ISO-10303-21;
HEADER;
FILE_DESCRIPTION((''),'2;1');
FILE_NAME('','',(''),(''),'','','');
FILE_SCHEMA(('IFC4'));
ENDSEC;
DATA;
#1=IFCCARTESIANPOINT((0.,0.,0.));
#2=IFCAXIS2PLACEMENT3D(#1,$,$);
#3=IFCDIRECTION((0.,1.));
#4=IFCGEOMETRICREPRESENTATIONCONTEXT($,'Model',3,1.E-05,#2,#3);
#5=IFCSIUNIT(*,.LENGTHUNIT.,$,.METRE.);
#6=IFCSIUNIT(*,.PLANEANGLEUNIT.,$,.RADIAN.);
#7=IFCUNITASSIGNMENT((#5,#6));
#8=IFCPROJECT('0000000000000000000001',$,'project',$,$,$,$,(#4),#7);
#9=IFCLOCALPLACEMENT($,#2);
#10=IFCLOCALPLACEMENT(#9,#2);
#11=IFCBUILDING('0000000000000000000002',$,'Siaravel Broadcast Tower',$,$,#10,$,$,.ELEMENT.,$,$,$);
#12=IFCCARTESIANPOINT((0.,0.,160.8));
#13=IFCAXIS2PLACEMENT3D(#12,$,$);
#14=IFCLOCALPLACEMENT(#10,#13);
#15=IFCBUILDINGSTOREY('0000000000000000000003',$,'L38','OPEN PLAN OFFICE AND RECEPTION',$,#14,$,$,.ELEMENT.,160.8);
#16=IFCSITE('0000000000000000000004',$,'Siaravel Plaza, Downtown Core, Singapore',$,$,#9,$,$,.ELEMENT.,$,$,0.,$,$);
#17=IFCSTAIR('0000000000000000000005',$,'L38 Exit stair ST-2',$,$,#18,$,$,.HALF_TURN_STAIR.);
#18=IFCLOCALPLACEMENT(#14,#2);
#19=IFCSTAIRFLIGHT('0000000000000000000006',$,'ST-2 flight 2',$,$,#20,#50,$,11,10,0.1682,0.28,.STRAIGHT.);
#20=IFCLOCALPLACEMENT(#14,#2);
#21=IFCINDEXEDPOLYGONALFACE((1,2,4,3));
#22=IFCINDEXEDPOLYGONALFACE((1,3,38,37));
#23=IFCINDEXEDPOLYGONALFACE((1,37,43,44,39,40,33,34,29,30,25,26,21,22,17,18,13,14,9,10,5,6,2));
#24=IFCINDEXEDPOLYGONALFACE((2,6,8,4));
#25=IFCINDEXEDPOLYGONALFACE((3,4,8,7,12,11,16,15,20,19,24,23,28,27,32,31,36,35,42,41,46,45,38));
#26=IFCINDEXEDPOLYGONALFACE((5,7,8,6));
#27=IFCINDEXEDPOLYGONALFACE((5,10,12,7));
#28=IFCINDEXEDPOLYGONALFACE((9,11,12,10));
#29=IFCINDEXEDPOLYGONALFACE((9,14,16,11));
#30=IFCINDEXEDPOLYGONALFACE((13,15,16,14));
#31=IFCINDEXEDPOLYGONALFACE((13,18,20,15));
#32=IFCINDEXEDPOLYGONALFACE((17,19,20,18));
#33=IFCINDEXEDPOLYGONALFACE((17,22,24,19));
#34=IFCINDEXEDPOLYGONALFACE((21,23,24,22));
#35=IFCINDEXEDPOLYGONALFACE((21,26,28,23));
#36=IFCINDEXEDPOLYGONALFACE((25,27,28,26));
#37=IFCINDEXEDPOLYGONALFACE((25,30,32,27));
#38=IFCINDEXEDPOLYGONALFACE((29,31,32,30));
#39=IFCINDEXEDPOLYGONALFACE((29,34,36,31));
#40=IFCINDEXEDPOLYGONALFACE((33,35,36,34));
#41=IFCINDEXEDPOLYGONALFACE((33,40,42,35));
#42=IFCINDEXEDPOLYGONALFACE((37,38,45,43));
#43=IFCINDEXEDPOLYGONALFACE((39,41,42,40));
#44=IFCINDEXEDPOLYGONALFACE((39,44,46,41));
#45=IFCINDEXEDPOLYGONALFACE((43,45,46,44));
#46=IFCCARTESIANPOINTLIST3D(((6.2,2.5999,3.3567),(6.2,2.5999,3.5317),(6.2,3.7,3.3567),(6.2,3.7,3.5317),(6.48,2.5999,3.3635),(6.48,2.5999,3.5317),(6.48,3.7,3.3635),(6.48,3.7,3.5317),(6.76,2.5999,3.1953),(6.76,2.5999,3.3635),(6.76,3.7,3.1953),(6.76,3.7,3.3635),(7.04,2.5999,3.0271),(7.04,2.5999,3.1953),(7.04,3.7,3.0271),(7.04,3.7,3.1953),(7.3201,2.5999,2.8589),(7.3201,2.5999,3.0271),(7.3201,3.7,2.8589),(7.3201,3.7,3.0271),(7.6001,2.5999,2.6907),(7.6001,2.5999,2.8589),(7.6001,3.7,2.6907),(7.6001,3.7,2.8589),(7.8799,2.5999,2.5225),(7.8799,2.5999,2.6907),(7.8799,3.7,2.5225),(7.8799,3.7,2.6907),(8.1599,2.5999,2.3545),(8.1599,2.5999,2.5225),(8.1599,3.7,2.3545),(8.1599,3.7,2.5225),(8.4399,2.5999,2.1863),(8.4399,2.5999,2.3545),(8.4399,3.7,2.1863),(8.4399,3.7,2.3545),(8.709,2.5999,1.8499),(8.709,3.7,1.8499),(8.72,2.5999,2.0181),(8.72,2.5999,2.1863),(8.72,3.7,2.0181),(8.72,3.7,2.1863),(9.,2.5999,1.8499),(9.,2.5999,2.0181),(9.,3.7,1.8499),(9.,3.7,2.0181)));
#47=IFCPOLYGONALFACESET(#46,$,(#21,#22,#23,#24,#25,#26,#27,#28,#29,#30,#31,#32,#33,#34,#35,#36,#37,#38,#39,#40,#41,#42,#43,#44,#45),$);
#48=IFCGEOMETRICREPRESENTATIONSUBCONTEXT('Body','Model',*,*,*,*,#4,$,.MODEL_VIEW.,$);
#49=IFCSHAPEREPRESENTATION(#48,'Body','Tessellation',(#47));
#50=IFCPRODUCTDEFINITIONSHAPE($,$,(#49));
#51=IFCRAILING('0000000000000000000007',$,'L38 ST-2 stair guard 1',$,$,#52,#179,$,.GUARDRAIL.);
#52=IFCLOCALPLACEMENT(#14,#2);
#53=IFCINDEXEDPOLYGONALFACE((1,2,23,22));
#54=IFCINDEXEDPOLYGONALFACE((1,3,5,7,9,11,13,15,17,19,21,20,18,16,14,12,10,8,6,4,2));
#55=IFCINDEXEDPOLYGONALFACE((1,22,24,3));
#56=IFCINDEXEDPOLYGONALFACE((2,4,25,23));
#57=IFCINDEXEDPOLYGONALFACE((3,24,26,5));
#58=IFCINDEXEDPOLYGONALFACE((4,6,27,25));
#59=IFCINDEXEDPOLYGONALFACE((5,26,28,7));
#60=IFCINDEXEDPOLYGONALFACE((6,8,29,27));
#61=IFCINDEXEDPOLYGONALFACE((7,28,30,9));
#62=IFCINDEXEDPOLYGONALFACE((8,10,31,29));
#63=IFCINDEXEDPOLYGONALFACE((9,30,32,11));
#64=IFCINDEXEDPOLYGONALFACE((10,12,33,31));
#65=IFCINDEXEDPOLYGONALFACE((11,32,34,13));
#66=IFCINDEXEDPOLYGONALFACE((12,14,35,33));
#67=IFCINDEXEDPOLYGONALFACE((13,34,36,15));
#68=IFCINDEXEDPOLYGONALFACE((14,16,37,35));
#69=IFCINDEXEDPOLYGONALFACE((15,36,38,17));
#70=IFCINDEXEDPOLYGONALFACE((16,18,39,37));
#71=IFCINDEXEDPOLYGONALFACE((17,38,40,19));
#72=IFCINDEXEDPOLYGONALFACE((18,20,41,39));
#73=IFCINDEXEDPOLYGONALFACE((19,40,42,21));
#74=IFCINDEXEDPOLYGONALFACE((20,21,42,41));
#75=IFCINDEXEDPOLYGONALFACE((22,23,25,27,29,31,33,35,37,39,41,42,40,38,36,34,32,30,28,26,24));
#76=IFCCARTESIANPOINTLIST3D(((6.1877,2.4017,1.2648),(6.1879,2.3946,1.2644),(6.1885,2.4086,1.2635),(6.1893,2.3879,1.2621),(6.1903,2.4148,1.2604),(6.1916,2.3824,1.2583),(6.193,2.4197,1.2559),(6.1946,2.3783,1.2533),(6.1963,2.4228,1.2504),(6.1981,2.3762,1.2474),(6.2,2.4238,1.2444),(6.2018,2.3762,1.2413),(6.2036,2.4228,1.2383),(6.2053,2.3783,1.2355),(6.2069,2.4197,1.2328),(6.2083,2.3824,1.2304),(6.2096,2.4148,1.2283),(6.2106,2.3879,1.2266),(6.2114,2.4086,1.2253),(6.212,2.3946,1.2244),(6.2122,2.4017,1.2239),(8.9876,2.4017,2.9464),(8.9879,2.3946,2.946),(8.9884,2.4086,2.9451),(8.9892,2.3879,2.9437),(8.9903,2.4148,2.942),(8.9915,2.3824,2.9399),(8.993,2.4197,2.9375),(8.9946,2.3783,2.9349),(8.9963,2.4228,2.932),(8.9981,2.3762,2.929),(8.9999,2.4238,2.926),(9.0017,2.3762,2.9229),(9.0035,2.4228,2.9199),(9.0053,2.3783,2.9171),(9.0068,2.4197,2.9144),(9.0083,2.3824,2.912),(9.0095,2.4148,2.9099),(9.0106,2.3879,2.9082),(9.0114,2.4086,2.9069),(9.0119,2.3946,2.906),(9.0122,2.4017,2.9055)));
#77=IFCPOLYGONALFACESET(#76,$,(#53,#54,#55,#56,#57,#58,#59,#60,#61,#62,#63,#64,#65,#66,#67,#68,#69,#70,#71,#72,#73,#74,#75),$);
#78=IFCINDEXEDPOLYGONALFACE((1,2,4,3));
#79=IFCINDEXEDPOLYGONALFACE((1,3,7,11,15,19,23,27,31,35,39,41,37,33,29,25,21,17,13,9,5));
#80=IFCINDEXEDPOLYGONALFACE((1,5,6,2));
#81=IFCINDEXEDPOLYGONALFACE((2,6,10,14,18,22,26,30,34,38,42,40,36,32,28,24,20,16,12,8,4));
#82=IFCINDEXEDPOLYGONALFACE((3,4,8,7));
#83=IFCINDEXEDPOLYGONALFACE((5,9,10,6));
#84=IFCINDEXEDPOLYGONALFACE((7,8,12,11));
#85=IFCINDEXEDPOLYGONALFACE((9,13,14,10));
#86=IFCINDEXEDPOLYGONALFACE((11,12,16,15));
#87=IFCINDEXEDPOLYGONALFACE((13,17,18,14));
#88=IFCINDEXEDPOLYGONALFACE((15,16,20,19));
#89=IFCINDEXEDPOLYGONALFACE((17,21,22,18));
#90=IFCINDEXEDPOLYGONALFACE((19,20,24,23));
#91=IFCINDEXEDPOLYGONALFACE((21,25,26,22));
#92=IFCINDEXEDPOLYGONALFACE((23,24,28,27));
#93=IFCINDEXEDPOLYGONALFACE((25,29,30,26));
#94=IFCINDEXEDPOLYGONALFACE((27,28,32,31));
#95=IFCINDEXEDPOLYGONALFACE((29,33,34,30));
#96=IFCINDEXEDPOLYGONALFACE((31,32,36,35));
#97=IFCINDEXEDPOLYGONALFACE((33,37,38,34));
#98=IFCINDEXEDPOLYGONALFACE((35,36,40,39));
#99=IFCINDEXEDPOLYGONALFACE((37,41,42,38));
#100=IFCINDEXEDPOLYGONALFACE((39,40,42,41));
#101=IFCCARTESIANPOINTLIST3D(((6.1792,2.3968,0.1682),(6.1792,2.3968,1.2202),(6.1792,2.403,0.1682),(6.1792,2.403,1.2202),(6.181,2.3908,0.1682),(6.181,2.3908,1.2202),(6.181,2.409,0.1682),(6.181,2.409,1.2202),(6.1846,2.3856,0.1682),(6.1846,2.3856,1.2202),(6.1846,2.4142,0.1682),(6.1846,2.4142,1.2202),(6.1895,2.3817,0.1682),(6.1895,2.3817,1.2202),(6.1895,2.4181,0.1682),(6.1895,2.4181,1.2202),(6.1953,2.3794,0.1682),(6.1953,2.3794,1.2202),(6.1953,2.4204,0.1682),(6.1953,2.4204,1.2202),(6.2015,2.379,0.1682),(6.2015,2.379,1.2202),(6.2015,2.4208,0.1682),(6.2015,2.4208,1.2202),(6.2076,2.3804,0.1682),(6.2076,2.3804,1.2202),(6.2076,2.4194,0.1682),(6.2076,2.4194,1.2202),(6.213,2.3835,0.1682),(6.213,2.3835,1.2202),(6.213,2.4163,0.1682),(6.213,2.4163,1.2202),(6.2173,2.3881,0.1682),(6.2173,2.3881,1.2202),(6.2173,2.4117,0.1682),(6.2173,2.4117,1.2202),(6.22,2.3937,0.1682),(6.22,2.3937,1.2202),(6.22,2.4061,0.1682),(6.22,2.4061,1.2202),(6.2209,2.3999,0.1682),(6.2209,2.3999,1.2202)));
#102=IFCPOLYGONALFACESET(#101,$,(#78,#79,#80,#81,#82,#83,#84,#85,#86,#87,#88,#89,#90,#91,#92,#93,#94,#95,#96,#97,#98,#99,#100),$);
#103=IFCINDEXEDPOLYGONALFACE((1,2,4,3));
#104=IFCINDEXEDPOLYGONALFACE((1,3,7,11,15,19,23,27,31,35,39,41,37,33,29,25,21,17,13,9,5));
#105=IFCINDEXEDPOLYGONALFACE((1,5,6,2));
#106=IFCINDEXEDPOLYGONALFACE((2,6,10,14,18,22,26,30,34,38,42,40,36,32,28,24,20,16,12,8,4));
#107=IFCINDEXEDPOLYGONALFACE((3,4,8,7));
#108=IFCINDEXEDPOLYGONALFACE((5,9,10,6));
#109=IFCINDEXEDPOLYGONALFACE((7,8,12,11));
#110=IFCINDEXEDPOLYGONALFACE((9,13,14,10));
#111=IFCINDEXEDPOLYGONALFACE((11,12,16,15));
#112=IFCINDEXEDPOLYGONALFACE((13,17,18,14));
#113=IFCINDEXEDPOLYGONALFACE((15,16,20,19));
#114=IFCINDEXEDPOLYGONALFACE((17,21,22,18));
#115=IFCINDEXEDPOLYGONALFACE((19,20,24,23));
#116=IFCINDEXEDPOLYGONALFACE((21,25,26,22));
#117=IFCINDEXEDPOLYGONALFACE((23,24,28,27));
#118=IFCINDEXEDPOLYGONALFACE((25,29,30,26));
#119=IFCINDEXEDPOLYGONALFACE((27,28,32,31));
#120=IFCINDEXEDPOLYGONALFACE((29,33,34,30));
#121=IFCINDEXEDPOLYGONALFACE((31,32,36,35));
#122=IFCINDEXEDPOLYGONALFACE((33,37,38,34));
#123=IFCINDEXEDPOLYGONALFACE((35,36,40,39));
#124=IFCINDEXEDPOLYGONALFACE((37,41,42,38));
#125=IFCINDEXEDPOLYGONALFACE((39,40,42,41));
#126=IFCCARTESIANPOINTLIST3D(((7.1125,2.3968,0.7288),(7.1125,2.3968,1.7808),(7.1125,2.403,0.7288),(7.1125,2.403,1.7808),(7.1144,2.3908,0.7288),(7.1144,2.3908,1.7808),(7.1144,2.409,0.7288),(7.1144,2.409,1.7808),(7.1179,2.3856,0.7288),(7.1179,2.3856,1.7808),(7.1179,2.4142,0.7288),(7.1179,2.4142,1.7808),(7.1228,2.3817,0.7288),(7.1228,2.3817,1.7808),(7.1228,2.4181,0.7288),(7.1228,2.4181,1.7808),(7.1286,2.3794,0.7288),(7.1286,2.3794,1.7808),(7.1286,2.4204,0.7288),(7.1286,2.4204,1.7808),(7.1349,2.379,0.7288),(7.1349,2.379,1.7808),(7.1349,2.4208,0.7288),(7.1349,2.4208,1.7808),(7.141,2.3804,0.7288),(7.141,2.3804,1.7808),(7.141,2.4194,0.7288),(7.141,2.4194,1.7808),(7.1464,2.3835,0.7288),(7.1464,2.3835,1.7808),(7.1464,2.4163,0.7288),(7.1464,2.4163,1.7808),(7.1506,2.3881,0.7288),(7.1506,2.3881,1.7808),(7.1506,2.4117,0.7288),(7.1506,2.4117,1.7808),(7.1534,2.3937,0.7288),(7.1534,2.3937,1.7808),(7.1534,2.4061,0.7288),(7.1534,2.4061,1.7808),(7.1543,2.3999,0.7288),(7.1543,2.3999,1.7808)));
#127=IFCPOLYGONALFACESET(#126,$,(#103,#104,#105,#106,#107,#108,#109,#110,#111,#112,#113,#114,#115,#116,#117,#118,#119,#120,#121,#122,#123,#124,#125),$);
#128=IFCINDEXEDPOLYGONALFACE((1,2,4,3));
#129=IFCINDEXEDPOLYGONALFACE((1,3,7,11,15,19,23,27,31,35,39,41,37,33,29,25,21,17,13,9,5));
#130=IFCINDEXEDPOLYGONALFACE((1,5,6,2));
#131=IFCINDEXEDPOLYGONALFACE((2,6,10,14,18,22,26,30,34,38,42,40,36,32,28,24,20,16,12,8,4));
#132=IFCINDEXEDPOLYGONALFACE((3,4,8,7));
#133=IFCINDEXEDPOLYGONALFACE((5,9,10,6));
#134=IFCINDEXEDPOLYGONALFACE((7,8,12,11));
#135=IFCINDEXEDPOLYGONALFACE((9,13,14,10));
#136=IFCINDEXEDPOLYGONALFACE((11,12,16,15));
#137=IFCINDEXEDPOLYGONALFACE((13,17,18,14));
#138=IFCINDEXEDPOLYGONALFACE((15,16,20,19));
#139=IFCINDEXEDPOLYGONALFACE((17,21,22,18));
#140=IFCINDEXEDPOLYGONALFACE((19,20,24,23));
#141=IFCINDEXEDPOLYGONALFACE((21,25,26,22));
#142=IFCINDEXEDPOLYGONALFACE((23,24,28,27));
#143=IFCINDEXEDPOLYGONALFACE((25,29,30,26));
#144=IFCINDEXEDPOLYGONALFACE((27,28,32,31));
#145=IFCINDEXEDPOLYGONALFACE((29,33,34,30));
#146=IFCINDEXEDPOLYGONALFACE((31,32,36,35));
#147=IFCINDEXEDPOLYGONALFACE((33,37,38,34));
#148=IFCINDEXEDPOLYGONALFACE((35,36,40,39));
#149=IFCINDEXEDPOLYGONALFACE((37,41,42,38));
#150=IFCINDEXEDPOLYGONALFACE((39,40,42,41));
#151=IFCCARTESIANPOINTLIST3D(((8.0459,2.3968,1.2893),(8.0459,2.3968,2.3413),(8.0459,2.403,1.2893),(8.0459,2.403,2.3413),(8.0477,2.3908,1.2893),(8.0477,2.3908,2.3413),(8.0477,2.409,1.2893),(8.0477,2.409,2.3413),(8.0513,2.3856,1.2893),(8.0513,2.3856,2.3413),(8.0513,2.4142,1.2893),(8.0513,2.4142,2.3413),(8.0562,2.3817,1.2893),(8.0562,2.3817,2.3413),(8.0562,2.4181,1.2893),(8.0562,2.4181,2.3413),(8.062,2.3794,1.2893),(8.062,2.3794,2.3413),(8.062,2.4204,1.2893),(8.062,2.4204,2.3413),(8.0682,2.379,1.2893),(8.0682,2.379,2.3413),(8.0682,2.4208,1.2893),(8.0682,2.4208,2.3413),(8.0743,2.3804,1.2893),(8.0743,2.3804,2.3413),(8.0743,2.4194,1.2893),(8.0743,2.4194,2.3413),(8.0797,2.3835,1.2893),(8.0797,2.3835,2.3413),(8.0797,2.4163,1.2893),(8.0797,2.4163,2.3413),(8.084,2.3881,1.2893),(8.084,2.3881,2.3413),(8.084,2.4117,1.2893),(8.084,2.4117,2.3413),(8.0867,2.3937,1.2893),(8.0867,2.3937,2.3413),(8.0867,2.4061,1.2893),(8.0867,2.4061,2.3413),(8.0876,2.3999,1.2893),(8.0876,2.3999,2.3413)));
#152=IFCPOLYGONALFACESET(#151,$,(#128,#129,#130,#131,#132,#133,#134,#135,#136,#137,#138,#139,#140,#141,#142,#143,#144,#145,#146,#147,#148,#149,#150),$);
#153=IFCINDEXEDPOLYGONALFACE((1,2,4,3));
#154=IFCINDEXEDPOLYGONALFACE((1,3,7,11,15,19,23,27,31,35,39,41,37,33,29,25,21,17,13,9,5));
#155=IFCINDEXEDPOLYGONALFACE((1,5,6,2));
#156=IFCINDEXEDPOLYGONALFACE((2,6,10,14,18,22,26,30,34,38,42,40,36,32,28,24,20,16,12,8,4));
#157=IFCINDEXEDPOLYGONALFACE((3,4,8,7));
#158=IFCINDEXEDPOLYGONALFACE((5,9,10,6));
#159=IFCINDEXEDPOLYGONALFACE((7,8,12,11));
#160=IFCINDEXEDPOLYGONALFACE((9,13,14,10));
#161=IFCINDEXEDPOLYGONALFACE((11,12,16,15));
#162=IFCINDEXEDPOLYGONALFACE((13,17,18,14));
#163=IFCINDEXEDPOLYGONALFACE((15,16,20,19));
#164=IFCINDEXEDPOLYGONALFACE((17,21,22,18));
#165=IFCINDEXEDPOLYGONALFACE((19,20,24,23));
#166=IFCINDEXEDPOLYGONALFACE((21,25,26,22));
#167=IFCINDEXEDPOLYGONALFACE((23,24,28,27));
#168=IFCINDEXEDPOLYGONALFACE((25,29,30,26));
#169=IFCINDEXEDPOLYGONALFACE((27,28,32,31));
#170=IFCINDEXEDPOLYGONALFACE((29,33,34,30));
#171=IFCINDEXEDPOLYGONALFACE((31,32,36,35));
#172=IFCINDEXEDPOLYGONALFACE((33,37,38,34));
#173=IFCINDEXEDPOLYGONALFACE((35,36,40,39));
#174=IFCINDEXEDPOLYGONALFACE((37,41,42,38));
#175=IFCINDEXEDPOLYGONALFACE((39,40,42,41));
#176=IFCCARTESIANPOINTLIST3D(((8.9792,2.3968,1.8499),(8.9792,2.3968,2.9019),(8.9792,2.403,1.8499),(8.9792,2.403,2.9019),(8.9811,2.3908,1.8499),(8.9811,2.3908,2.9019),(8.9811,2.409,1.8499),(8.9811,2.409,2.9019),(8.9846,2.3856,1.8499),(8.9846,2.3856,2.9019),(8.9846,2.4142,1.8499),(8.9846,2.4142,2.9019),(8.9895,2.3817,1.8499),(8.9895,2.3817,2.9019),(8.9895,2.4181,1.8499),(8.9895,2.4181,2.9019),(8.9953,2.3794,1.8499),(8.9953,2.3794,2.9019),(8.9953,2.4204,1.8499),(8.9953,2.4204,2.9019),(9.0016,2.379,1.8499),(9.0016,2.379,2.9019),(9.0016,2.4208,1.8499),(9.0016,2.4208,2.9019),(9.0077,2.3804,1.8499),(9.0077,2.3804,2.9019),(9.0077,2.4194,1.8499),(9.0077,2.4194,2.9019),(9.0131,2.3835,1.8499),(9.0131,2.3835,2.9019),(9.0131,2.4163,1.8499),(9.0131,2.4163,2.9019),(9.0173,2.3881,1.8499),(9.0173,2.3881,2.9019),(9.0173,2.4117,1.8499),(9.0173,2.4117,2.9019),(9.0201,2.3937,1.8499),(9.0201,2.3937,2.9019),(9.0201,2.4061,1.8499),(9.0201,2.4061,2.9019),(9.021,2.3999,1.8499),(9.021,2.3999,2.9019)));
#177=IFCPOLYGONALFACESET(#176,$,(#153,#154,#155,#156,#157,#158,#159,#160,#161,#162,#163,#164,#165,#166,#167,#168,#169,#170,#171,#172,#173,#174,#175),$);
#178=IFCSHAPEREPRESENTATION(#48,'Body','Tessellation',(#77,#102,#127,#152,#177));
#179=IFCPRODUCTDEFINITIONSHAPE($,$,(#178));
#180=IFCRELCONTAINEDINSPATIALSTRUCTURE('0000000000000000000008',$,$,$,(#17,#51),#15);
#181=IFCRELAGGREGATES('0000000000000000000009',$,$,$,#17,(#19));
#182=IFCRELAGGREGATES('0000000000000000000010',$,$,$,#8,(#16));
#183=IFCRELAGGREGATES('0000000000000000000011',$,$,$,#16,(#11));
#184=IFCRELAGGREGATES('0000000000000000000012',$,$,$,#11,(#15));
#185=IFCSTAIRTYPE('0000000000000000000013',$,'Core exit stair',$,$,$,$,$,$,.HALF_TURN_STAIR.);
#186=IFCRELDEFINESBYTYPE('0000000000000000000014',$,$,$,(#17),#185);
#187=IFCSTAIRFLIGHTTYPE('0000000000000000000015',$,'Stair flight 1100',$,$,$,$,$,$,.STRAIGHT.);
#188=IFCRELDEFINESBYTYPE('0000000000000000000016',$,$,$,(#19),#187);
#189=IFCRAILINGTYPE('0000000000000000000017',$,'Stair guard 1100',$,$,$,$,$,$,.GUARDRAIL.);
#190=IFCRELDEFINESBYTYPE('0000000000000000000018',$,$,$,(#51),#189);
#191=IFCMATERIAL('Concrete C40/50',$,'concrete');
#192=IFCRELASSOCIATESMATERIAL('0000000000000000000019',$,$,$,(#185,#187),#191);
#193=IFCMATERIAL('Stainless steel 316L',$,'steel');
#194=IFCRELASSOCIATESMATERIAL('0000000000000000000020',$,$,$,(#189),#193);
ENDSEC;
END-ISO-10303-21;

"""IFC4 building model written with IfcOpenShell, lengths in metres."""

from ifc_helpers import new_model, si_unit, direction, frame, origin, origin_2d, place, context, subcontext, project, spatial, polyline, circle, outline, extrude, material, type_object, element, aggregate, save


model = new_model("IFC4")

# Units and contexts
model_context = context("Model", 3, precision=1e-05, world=origin(), true_north=direction((0.0, 1.0)))
body_context = subcontext(model_context, "Body", "Model", "MODEL_VIEW")
ifc_project = project(units=[si_unit("LENGTHUNIT", "METRE"), si_unit("PLANEANGLEUNIT", "RADIAN")], contexts=[model_context])

# Site, building, storey
site_placement = place(None, origin())
site = spatial("IfcSite", under=ifc_project, at=site_placement, Name="Siaravel Plaza, Downtown Core, Singapore", CompositionType="ELEMENT", RefElevation=0.0)
building_placement = place(site_placement, origin())
building = spatial("IfcBuilding", under=site, at=building_placement, Name="Siaravel Broadcast Tower", CompositionType="ELEMENT")
storey_placement = place(building_placement, frame((0.0, 0.0, 160.8)))
storey = spatial("IfcBuildingStorey", under=building, at=storey_placement, Name="L38", Description="OPEN PLAN OFFICE AND RECEPTION", CompositionType="ELEMENT", Elevation=160.8)

# Stair, stair flight
ifc_material_1 = material(Name="Concrete C40/50", Category="concrete")
stair_type = type_object("IfcStairType", Name="Core exit stair", PredefinedType="HALF_TURN_STAIR", material=ifc_material_1)
stair_placement = place(storey_placement, origin())
stair = element("IfcStair", 1, at=stair_placement, inside=storey, type_object=stair_type, Name="L38 Exit stair ST-2", PredefinedType="HALF_TURN_STAIR")
stair_flight_type = type_object("IfcStairFlightType", Name="Stair flight 1100", PredefinedType="STRAIGHT", material=ifc_material_1)
stair_flight_1_placement = place(storey_placement, frame((9.0, 3.1499, 1.8499), z_axis=(0.0, 0.0, 1.0), x_axis=(-1.0, 0.0, 0.0)))
stair_flight_1 = element("IfcStairFlight", 2, at=stair_flight_1_placement, type_object=stair_flight_type, Name="ST-2 flight 2", NumberOfRisers=11, NumberOfTreads=10, PredefinedType="STRAIGHT", RiserHeight=0.1682, TreadLength=0.28, context=body_context, shape_type="SweptSolid", body=[
    extrude(outline(polyline([(0.0, 0.0), (0.0, 0.1682), (0.28, 0.1682), (0.28, 0.3364), (0.5601, 0.3364), (0.5601, 0.5046), (0.8401, 0.5046), (0.8401, 0.6726), (1.1201, 0.6726), (1.1201, 0.8408), (1.3999, 0.8408), (1.3999, 1.009), (1.6799, 1.009), (1.6799, 1.1772), (1.96, 1.1772), (1.96, 1.3455), (2.24, 1.3455), (2.24, 1.5137), (2.52, 1.5137), (2.52, 1.6819), (2.8, 1.6819), (2.8, 1.8501), (2.8, 1.5068), (0.291, 0.0), (0.0, 0.0)])), frame((0.0, 0.55, 0.0), z_axis=(0.0, -1.0, 0.0), x_axis=(1.0, 0.0, 0.0)), (0.0, 0.0, 1.0), 1.1001),
])
aggregate(stair, [stair_flight_1])

# Railing
ifc_material_2 = material(Name="Stainless steel 316L", Category="steel")
railing_type_1 = type_object("IfcRailingType", Name="Stair guard 1100", PredefinedType="GUARDRAIL", material=ifc_material_2)
railing_1_placement = place(storey_placement, frame((6.2, 2.3999, 0.1682)))
element("IfcRailing", 3, at=railing_1_placement, inside=storey, type_object=railing_type_1, Name="L38 ST-2 stair guard 1", PredefinedType="GUARDRAIL", context=body_context, shape_type="SweptSolid", body=[
    extrude(circle(Radius=0.0239, at=origin_2d()), frame((0.0, 0.0, 1.0762), z_axis=(0.857275, 0.0, 0.514858), x_axis=(0.0, 1.0, 0.0)), (0.0, 0.0, 1.0), 3.2661),
    extrude(circle(Radius=0.021, at=origin_2d()), origin(), (0.0, 0.0, 1.0), 1.052),
    extrude(circle(Radius=0.021, at=origin_2d()), frame((0.9333, 0.0, 0.5605)), (0.0, 0.0, 1.0), 1.052),
    extrude(circle(Radius=0.021, at=origin_2d()), frame((1.8667, 0.0, 1.1211)), (0.0, 0.0, 1.0), 1.052),
    extrude(circle(Radius=0.021, at=origin_2d()), frame((2.8, 0.0, 1.6816)), (0.0, 0.0, 1.0), 1.052),
])

save(model, "model.ifc")
